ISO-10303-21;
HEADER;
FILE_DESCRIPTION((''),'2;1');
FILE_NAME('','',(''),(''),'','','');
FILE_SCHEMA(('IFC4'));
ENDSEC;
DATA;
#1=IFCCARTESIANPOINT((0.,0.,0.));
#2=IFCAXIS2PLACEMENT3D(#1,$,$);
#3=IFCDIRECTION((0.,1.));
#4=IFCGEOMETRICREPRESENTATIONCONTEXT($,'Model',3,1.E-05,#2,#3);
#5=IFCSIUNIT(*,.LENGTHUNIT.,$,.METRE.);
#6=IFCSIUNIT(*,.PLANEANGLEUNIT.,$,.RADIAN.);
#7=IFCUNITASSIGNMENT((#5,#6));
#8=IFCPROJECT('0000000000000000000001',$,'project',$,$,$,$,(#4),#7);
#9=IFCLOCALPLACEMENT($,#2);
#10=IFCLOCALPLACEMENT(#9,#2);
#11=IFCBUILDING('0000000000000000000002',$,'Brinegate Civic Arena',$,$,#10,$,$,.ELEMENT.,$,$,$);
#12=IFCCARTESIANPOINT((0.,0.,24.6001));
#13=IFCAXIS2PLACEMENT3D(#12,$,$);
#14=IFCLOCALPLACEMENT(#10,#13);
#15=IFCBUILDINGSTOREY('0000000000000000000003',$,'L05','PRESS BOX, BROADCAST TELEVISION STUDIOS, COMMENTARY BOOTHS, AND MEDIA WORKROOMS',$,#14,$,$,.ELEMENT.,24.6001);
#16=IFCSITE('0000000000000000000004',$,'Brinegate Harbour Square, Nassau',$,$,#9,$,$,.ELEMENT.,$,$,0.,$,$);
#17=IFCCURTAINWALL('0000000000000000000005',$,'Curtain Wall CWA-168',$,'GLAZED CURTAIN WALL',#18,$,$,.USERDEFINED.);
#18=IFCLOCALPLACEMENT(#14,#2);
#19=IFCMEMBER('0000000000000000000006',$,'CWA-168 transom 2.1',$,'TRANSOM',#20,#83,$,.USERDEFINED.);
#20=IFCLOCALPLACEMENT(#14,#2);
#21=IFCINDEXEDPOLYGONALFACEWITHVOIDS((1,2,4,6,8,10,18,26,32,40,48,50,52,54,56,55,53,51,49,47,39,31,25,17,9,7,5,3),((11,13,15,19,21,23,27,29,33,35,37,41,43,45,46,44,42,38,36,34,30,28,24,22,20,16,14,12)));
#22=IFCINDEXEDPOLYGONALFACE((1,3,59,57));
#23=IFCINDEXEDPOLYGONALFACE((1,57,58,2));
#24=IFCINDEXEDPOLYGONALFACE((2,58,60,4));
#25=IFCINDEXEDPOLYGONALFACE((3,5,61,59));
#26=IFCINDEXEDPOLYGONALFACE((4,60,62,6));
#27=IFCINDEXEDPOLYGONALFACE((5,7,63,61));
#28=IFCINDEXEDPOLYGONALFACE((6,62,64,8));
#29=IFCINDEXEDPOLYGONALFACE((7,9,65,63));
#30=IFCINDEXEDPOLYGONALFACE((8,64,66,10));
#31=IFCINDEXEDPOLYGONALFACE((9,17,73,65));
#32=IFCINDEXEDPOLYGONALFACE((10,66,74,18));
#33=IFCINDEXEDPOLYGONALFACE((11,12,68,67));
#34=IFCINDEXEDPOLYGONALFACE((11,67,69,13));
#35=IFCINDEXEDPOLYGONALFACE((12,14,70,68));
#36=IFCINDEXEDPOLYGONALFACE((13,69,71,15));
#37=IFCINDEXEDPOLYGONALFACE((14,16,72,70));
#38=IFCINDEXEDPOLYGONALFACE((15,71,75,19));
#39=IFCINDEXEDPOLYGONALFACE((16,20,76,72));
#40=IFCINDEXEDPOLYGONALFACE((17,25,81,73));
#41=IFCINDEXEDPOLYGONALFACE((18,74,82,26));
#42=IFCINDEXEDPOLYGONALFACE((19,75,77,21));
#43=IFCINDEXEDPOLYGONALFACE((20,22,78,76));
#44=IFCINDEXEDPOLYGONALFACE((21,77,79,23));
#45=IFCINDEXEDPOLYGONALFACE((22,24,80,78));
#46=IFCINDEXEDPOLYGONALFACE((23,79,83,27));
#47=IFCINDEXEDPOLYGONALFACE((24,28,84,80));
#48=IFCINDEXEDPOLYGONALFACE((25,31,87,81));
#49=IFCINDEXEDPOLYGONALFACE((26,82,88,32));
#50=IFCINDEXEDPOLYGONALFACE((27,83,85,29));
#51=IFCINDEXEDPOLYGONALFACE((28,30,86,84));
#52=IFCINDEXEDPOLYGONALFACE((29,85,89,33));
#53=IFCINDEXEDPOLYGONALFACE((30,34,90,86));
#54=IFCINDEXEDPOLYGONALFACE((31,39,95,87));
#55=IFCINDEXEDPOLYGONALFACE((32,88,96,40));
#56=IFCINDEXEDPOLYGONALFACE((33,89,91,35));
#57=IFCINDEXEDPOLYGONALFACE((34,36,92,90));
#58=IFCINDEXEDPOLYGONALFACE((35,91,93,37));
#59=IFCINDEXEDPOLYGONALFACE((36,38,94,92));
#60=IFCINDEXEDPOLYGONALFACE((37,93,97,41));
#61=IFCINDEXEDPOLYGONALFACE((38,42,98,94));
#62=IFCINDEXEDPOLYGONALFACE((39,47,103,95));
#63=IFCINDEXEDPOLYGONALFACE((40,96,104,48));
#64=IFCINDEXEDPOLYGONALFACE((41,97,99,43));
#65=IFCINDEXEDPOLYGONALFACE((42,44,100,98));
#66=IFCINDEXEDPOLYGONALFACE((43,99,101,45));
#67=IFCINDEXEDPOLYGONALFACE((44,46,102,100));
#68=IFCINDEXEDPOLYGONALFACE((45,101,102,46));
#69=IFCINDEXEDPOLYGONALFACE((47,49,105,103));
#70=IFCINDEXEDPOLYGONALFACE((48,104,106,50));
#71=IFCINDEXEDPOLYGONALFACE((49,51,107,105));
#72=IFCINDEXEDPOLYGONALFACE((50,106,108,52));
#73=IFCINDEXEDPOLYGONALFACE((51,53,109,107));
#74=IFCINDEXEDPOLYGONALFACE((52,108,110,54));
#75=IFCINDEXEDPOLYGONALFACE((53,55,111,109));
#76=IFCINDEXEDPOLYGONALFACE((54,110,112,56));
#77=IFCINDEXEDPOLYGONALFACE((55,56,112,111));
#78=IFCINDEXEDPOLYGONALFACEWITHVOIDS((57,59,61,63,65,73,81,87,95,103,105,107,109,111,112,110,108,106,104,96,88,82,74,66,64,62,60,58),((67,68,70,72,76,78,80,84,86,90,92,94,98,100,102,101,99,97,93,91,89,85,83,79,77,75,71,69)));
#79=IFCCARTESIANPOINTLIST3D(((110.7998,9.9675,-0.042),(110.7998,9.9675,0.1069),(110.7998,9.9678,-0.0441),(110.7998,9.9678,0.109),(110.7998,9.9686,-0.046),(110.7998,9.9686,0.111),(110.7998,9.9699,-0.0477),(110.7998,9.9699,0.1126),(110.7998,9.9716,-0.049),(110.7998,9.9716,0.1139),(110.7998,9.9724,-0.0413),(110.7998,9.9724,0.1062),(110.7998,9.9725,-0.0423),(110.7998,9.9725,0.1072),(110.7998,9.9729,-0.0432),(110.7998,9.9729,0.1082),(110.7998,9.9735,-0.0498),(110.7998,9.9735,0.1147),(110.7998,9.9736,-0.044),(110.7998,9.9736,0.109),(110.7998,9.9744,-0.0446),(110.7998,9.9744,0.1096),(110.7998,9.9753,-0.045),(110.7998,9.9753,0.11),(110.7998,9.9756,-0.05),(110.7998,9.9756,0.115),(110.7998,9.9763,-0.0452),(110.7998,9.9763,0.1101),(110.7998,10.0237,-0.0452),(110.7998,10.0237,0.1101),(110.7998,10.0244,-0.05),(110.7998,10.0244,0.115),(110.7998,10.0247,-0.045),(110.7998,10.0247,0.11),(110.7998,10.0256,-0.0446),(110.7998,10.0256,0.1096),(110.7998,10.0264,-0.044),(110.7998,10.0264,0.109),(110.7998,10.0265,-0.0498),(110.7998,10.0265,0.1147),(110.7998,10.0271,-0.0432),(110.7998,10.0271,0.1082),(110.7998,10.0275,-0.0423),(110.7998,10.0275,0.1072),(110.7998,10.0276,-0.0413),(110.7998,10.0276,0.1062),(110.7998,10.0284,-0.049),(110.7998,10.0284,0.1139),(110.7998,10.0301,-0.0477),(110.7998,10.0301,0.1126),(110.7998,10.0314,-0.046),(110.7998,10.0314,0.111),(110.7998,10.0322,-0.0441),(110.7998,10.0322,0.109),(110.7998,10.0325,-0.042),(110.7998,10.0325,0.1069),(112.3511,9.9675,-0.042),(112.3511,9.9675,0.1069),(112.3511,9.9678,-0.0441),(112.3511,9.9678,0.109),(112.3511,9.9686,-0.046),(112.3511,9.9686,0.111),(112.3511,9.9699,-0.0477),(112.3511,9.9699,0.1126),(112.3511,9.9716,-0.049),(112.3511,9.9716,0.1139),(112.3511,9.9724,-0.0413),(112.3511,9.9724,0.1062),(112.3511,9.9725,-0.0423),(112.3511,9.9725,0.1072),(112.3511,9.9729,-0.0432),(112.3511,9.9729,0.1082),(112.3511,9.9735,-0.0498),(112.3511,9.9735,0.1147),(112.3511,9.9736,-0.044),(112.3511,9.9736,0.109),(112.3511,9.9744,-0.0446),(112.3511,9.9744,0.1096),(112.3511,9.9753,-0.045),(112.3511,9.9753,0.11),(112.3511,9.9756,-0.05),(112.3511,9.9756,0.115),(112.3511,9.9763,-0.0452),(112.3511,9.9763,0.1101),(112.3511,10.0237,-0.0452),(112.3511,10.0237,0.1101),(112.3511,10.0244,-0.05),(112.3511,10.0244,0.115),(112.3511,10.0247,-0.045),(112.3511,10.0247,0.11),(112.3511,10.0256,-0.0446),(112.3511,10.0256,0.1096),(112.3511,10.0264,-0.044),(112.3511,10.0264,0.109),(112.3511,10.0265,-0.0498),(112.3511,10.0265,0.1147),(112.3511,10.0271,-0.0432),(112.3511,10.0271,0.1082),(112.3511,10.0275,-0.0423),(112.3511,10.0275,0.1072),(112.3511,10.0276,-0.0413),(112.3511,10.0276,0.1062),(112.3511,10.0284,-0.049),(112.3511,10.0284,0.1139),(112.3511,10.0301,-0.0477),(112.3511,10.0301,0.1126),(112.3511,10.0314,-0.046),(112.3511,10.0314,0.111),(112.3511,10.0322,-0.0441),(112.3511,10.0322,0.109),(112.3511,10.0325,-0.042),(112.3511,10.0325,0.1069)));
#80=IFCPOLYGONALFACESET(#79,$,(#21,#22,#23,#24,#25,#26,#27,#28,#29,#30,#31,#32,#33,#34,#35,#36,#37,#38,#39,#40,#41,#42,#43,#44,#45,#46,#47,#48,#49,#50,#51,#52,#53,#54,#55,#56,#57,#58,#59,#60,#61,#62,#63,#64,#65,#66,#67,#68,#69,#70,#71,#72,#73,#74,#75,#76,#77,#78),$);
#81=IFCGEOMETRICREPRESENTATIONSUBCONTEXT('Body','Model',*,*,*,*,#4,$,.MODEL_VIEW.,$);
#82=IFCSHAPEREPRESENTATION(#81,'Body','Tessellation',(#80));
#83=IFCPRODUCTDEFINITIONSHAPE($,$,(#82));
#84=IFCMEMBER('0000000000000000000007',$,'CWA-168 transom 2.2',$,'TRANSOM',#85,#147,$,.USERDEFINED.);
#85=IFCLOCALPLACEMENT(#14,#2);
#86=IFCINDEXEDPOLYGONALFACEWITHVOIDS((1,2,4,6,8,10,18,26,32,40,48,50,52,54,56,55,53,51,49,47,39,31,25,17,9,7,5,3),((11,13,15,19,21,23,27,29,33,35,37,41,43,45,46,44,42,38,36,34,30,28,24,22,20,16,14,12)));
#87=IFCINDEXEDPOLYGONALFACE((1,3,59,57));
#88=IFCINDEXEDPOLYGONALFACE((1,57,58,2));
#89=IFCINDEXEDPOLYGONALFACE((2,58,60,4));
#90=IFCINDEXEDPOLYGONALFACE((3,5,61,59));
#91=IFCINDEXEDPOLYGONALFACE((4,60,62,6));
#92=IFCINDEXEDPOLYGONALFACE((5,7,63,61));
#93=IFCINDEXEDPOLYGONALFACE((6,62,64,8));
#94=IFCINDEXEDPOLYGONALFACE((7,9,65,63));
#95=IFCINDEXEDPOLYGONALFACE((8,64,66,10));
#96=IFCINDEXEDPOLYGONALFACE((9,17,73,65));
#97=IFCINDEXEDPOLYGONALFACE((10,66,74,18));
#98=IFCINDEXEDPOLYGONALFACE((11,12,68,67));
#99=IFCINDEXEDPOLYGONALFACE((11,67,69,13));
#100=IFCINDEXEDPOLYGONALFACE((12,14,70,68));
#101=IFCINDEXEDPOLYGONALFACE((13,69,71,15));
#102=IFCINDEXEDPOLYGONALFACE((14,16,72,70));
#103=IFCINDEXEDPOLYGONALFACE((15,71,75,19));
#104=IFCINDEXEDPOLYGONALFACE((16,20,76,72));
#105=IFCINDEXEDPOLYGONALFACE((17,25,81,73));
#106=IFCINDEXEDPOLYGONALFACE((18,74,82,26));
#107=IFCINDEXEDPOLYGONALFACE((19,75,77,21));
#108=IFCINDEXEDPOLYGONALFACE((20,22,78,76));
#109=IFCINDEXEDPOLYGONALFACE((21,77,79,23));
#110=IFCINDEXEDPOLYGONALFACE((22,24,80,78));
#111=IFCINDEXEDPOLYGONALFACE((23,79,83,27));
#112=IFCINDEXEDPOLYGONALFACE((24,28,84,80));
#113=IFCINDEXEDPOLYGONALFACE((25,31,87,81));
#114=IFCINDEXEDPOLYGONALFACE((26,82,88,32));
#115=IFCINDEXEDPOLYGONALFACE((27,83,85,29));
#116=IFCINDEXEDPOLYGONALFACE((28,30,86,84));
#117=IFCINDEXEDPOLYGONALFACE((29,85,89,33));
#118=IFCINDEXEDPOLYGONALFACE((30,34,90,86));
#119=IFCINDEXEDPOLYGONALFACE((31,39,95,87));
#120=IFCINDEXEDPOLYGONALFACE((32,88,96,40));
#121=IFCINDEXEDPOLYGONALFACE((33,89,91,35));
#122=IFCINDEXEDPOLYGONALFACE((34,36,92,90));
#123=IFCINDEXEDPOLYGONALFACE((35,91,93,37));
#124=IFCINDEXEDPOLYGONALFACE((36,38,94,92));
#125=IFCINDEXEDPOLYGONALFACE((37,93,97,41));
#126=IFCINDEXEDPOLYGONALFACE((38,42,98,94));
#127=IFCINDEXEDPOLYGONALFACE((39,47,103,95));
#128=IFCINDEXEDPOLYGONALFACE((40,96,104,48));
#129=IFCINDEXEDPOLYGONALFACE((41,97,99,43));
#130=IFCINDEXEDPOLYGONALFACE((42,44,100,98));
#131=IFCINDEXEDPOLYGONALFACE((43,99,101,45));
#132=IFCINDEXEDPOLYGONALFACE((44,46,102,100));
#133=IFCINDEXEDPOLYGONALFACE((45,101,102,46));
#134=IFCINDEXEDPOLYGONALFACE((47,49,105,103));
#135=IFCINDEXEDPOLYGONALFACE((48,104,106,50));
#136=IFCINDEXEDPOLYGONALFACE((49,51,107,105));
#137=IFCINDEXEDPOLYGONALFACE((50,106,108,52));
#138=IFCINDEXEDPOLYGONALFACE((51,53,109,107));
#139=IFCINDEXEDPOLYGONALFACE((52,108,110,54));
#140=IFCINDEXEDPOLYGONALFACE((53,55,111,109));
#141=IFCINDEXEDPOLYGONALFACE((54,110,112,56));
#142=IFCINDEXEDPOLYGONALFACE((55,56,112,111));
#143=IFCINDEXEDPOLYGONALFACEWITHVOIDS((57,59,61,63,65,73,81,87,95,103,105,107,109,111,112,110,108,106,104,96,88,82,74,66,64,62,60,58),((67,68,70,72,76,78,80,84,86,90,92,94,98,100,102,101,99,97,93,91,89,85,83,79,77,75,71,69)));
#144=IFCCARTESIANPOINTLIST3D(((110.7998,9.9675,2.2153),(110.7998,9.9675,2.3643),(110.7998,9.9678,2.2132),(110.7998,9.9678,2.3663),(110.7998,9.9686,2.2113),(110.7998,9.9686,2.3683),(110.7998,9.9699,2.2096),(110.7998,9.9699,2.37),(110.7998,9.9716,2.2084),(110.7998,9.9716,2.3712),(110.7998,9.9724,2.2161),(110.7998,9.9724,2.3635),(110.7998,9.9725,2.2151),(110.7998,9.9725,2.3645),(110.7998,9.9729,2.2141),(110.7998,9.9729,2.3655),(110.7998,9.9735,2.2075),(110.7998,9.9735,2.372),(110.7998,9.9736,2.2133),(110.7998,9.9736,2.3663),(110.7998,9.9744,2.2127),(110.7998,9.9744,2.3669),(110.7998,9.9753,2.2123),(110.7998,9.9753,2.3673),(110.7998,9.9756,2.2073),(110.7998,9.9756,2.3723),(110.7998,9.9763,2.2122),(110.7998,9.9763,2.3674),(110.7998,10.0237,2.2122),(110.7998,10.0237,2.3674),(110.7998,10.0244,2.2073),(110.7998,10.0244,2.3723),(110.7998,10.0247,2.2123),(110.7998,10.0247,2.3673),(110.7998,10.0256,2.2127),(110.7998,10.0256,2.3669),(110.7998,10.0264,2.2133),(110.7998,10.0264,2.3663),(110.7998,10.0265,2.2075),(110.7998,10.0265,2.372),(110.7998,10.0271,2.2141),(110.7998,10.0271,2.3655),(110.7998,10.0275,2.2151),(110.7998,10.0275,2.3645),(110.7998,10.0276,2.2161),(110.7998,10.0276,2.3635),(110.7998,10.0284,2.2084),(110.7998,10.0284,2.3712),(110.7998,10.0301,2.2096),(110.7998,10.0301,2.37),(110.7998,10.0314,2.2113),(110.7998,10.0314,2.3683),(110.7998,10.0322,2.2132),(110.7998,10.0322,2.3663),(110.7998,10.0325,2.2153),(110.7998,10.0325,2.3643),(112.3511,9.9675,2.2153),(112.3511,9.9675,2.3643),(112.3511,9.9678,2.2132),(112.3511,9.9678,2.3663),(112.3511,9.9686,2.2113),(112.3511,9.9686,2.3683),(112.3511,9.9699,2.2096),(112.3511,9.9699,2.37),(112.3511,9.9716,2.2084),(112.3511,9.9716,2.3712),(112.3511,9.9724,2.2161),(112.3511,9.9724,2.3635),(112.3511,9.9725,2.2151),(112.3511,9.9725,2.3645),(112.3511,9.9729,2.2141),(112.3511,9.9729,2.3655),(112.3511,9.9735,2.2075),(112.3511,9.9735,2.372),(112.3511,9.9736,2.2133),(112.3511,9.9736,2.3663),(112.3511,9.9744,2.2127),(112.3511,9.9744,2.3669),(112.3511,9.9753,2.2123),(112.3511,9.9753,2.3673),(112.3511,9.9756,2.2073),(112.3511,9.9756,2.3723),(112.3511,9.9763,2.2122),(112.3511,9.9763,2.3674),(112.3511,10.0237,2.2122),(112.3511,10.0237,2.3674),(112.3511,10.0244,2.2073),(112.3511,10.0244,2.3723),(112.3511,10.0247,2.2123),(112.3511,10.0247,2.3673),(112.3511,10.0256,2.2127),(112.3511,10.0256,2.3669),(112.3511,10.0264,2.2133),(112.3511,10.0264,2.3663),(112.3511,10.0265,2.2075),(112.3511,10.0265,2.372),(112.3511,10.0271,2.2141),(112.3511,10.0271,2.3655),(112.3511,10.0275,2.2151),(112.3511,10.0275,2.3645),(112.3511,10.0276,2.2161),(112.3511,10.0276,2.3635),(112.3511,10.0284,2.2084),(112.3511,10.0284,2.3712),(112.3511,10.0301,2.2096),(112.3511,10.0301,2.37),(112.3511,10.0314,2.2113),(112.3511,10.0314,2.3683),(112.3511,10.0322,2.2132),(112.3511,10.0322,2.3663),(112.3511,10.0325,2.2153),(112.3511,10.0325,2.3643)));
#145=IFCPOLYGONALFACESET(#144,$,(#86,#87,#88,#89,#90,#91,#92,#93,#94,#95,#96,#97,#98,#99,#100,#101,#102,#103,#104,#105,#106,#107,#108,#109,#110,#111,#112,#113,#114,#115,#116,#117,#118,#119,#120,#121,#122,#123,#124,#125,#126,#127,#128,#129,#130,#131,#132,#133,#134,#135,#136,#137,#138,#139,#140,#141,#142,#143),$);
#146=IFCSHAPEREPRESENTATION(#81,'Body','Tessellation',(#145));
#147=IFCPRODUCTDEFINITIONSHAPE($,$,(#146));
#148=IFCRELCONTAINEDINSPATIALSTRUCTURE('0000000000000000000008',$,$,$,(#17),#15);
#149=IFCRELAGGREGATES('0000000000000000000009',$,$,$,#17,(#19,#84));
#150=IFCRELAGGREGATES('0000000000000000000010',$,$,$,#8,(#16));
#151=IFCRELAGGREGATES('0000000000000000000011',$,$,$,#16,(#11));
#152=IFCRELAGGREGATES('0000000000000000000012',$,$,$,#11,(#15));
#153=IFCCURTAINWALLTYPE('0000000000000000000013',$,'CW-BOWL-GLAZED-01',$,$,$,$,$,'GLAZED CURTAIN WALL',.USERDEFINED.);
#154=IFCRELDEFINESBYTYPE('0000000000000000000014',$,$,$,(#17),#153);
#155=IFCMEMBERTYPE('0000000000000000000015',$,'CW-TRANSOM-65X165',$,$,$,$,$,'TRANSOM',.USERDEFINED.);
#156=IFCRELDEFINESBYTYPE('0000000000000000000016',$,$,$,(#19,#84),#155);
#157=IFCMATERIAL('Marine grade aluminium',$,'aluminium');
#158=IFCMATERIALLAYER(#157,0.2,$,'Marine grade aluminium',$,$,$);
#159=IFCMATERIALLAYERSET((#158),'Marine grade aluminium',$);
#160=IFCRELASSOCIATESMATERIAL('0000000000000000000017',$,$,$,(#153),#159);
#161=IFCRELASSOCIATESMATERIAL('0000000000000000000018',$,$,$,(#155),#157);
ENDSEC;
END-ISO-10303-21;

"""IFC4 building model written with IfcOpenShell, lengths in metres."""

from ifc_helpers import new_model, si_unit, direction, frame, origin, origin_2d, place, context, subcontext, project, spatial, hollow_rectangle, extrude, material, layer, layer_set, material_profile, profile_set, type_object, element, aggregate, save


model = new_model("IFC4")

# Units and contexts
model_context = context("Model", 3, precision=1e-05, world=origin(), true_north=direction((0.0, 1.0)))
body_context = subcontext(model_context, "Body", "Model", "MODEL_VIEW")
ifc_project = project(units=[si_unit("LENGTHUNIT", "METRE"), si_unit("PLANEANGLEUNIT", "RADIAN")], contexts=[model_context])

# Site, building, storey
site_placement = place(None, origin())
site = spatial("IfcSite", under=ifc_project, at=site_placement, Name="Brinegate Harbour Square, Nassau", CompositionType="ELEMENT", RefElevation=0.0)
building_placement = place(site_placement, origin())
building = spatial("IfcBuilding", under=site, at=building_placement, Name="Brinegate Civic Arena", CompositionType="ELEMENT")
storey_placement = place(building_placement, frame((0.0, 0.0, 24.6001)))
storey = spatial("IfcBuildingStorey", under=building, at=storey_placement, Name="L05", Description="PRESS BOX, BROADCAST TELEVISION STUDIOS, COMMENTARY BOOTHS, AND MEDIA WORKROOMS", CompositionType="ELEMENT", Elevation=24.6001)

# Curtain wall, members
ifc_material_1 = material(Name="Marine grade aluminium", Category="aluminium")
ifc_layer_1 = layer(ifc_material_1, 0.2, Name="Marine grade aluminium")
ifc_layer_set_1 = layer_set([ifc_layer_1], Name="Marine grade aluminium")
curtain_wall_type = type_object("IfcCurtainWallType", Name="CW-BOWL-GLAZED-01", ElementType="GLAZED CURTAIN WALL", PredefinedType="USERDEFINED", material=ifc_layer_set_1)
curtain_wall_placement = place(storey_placement, origin())
curtain_wall = element("IfcCurtainWall", 1, at=curtain_wall_placement, inside=storey, type_object=curtain_wall_type, Name="Curtain Wall CWA-168", ObjectType="GLAZED CURTAIN WALL", PredefinedType="USERDEFINED")
ifc_material_profile_1 = material_profile(ifc_material_1, hollow_rectangle(XDim=0.0649, YDim=0.165, WallThickness=0.0049, InnerFilletRadius=0.0039, OuterFilletRadius=0.0081, at=origin_2d()), Name="TRN65X165")
ifc_profile_set_1 = profile_set([ifc_material_profile_1], Name="Marine grade aluminium")
member_type_1 = type_object("IfcMemberType", Name="CW-TRANSOM-65X165", ElementType="TRANSOM", PredefinedType="USERDEFINED", material=ifc_profile_set_1)
member_1_placement = place(storey_placement, frame((110.7998, 10.0, 0.0325), z_axis=(1.0, 0.0, 0.0), x_axis=(0.0, 1.0, 0.0)))
member_1 = element("IfcMember", 2, at=member_1_placement, type_object=member_type_1, Name="CWA-168 transom 2.1", ObjectType="TRANSOM", PredefinedType="USERDEFINED", context=body_context, shape_type="SweptSolid", body=[
    extrude(hollow_rectangle(XDim=0.0649, YDim=0.165, WallThickness=0.0049, InnerFilletRadius=0.0039, OuterFilletRadius=0.0081, at=origin_2d()), origin(), (0.0, 0.0, 1.0), 1.5513),
])
member_2_placement = place(storey_placement, frame((110.7998, 10.0, 2.2898), z_axis=(1.0, 0.0, 0.0), x_axis=(0.0, 1.0, 0.0)))
member_2 = element("IfcMember", 3, at=member_2_placement, type_object=member_type_1, Name="CWA-168 transom 2.2", ObjectType="TRANSOM", PredefinedType="USERDEFINED", context=body_context, shape_type="SweptSolid", body=[
    extrude(hollow_rectangle(XDim=0.0649, YDim=0.165, WallThickness=0.0049, InnerFilletRadius=0.0039, OuterFilletRadius=0.0081, at=origin_2d()), origin(), (0.0, 0.0, 1.0), 1.5513),
])

aggregate(curtain_wall, [member_1, member_2])

save(model, "model.ifc")
